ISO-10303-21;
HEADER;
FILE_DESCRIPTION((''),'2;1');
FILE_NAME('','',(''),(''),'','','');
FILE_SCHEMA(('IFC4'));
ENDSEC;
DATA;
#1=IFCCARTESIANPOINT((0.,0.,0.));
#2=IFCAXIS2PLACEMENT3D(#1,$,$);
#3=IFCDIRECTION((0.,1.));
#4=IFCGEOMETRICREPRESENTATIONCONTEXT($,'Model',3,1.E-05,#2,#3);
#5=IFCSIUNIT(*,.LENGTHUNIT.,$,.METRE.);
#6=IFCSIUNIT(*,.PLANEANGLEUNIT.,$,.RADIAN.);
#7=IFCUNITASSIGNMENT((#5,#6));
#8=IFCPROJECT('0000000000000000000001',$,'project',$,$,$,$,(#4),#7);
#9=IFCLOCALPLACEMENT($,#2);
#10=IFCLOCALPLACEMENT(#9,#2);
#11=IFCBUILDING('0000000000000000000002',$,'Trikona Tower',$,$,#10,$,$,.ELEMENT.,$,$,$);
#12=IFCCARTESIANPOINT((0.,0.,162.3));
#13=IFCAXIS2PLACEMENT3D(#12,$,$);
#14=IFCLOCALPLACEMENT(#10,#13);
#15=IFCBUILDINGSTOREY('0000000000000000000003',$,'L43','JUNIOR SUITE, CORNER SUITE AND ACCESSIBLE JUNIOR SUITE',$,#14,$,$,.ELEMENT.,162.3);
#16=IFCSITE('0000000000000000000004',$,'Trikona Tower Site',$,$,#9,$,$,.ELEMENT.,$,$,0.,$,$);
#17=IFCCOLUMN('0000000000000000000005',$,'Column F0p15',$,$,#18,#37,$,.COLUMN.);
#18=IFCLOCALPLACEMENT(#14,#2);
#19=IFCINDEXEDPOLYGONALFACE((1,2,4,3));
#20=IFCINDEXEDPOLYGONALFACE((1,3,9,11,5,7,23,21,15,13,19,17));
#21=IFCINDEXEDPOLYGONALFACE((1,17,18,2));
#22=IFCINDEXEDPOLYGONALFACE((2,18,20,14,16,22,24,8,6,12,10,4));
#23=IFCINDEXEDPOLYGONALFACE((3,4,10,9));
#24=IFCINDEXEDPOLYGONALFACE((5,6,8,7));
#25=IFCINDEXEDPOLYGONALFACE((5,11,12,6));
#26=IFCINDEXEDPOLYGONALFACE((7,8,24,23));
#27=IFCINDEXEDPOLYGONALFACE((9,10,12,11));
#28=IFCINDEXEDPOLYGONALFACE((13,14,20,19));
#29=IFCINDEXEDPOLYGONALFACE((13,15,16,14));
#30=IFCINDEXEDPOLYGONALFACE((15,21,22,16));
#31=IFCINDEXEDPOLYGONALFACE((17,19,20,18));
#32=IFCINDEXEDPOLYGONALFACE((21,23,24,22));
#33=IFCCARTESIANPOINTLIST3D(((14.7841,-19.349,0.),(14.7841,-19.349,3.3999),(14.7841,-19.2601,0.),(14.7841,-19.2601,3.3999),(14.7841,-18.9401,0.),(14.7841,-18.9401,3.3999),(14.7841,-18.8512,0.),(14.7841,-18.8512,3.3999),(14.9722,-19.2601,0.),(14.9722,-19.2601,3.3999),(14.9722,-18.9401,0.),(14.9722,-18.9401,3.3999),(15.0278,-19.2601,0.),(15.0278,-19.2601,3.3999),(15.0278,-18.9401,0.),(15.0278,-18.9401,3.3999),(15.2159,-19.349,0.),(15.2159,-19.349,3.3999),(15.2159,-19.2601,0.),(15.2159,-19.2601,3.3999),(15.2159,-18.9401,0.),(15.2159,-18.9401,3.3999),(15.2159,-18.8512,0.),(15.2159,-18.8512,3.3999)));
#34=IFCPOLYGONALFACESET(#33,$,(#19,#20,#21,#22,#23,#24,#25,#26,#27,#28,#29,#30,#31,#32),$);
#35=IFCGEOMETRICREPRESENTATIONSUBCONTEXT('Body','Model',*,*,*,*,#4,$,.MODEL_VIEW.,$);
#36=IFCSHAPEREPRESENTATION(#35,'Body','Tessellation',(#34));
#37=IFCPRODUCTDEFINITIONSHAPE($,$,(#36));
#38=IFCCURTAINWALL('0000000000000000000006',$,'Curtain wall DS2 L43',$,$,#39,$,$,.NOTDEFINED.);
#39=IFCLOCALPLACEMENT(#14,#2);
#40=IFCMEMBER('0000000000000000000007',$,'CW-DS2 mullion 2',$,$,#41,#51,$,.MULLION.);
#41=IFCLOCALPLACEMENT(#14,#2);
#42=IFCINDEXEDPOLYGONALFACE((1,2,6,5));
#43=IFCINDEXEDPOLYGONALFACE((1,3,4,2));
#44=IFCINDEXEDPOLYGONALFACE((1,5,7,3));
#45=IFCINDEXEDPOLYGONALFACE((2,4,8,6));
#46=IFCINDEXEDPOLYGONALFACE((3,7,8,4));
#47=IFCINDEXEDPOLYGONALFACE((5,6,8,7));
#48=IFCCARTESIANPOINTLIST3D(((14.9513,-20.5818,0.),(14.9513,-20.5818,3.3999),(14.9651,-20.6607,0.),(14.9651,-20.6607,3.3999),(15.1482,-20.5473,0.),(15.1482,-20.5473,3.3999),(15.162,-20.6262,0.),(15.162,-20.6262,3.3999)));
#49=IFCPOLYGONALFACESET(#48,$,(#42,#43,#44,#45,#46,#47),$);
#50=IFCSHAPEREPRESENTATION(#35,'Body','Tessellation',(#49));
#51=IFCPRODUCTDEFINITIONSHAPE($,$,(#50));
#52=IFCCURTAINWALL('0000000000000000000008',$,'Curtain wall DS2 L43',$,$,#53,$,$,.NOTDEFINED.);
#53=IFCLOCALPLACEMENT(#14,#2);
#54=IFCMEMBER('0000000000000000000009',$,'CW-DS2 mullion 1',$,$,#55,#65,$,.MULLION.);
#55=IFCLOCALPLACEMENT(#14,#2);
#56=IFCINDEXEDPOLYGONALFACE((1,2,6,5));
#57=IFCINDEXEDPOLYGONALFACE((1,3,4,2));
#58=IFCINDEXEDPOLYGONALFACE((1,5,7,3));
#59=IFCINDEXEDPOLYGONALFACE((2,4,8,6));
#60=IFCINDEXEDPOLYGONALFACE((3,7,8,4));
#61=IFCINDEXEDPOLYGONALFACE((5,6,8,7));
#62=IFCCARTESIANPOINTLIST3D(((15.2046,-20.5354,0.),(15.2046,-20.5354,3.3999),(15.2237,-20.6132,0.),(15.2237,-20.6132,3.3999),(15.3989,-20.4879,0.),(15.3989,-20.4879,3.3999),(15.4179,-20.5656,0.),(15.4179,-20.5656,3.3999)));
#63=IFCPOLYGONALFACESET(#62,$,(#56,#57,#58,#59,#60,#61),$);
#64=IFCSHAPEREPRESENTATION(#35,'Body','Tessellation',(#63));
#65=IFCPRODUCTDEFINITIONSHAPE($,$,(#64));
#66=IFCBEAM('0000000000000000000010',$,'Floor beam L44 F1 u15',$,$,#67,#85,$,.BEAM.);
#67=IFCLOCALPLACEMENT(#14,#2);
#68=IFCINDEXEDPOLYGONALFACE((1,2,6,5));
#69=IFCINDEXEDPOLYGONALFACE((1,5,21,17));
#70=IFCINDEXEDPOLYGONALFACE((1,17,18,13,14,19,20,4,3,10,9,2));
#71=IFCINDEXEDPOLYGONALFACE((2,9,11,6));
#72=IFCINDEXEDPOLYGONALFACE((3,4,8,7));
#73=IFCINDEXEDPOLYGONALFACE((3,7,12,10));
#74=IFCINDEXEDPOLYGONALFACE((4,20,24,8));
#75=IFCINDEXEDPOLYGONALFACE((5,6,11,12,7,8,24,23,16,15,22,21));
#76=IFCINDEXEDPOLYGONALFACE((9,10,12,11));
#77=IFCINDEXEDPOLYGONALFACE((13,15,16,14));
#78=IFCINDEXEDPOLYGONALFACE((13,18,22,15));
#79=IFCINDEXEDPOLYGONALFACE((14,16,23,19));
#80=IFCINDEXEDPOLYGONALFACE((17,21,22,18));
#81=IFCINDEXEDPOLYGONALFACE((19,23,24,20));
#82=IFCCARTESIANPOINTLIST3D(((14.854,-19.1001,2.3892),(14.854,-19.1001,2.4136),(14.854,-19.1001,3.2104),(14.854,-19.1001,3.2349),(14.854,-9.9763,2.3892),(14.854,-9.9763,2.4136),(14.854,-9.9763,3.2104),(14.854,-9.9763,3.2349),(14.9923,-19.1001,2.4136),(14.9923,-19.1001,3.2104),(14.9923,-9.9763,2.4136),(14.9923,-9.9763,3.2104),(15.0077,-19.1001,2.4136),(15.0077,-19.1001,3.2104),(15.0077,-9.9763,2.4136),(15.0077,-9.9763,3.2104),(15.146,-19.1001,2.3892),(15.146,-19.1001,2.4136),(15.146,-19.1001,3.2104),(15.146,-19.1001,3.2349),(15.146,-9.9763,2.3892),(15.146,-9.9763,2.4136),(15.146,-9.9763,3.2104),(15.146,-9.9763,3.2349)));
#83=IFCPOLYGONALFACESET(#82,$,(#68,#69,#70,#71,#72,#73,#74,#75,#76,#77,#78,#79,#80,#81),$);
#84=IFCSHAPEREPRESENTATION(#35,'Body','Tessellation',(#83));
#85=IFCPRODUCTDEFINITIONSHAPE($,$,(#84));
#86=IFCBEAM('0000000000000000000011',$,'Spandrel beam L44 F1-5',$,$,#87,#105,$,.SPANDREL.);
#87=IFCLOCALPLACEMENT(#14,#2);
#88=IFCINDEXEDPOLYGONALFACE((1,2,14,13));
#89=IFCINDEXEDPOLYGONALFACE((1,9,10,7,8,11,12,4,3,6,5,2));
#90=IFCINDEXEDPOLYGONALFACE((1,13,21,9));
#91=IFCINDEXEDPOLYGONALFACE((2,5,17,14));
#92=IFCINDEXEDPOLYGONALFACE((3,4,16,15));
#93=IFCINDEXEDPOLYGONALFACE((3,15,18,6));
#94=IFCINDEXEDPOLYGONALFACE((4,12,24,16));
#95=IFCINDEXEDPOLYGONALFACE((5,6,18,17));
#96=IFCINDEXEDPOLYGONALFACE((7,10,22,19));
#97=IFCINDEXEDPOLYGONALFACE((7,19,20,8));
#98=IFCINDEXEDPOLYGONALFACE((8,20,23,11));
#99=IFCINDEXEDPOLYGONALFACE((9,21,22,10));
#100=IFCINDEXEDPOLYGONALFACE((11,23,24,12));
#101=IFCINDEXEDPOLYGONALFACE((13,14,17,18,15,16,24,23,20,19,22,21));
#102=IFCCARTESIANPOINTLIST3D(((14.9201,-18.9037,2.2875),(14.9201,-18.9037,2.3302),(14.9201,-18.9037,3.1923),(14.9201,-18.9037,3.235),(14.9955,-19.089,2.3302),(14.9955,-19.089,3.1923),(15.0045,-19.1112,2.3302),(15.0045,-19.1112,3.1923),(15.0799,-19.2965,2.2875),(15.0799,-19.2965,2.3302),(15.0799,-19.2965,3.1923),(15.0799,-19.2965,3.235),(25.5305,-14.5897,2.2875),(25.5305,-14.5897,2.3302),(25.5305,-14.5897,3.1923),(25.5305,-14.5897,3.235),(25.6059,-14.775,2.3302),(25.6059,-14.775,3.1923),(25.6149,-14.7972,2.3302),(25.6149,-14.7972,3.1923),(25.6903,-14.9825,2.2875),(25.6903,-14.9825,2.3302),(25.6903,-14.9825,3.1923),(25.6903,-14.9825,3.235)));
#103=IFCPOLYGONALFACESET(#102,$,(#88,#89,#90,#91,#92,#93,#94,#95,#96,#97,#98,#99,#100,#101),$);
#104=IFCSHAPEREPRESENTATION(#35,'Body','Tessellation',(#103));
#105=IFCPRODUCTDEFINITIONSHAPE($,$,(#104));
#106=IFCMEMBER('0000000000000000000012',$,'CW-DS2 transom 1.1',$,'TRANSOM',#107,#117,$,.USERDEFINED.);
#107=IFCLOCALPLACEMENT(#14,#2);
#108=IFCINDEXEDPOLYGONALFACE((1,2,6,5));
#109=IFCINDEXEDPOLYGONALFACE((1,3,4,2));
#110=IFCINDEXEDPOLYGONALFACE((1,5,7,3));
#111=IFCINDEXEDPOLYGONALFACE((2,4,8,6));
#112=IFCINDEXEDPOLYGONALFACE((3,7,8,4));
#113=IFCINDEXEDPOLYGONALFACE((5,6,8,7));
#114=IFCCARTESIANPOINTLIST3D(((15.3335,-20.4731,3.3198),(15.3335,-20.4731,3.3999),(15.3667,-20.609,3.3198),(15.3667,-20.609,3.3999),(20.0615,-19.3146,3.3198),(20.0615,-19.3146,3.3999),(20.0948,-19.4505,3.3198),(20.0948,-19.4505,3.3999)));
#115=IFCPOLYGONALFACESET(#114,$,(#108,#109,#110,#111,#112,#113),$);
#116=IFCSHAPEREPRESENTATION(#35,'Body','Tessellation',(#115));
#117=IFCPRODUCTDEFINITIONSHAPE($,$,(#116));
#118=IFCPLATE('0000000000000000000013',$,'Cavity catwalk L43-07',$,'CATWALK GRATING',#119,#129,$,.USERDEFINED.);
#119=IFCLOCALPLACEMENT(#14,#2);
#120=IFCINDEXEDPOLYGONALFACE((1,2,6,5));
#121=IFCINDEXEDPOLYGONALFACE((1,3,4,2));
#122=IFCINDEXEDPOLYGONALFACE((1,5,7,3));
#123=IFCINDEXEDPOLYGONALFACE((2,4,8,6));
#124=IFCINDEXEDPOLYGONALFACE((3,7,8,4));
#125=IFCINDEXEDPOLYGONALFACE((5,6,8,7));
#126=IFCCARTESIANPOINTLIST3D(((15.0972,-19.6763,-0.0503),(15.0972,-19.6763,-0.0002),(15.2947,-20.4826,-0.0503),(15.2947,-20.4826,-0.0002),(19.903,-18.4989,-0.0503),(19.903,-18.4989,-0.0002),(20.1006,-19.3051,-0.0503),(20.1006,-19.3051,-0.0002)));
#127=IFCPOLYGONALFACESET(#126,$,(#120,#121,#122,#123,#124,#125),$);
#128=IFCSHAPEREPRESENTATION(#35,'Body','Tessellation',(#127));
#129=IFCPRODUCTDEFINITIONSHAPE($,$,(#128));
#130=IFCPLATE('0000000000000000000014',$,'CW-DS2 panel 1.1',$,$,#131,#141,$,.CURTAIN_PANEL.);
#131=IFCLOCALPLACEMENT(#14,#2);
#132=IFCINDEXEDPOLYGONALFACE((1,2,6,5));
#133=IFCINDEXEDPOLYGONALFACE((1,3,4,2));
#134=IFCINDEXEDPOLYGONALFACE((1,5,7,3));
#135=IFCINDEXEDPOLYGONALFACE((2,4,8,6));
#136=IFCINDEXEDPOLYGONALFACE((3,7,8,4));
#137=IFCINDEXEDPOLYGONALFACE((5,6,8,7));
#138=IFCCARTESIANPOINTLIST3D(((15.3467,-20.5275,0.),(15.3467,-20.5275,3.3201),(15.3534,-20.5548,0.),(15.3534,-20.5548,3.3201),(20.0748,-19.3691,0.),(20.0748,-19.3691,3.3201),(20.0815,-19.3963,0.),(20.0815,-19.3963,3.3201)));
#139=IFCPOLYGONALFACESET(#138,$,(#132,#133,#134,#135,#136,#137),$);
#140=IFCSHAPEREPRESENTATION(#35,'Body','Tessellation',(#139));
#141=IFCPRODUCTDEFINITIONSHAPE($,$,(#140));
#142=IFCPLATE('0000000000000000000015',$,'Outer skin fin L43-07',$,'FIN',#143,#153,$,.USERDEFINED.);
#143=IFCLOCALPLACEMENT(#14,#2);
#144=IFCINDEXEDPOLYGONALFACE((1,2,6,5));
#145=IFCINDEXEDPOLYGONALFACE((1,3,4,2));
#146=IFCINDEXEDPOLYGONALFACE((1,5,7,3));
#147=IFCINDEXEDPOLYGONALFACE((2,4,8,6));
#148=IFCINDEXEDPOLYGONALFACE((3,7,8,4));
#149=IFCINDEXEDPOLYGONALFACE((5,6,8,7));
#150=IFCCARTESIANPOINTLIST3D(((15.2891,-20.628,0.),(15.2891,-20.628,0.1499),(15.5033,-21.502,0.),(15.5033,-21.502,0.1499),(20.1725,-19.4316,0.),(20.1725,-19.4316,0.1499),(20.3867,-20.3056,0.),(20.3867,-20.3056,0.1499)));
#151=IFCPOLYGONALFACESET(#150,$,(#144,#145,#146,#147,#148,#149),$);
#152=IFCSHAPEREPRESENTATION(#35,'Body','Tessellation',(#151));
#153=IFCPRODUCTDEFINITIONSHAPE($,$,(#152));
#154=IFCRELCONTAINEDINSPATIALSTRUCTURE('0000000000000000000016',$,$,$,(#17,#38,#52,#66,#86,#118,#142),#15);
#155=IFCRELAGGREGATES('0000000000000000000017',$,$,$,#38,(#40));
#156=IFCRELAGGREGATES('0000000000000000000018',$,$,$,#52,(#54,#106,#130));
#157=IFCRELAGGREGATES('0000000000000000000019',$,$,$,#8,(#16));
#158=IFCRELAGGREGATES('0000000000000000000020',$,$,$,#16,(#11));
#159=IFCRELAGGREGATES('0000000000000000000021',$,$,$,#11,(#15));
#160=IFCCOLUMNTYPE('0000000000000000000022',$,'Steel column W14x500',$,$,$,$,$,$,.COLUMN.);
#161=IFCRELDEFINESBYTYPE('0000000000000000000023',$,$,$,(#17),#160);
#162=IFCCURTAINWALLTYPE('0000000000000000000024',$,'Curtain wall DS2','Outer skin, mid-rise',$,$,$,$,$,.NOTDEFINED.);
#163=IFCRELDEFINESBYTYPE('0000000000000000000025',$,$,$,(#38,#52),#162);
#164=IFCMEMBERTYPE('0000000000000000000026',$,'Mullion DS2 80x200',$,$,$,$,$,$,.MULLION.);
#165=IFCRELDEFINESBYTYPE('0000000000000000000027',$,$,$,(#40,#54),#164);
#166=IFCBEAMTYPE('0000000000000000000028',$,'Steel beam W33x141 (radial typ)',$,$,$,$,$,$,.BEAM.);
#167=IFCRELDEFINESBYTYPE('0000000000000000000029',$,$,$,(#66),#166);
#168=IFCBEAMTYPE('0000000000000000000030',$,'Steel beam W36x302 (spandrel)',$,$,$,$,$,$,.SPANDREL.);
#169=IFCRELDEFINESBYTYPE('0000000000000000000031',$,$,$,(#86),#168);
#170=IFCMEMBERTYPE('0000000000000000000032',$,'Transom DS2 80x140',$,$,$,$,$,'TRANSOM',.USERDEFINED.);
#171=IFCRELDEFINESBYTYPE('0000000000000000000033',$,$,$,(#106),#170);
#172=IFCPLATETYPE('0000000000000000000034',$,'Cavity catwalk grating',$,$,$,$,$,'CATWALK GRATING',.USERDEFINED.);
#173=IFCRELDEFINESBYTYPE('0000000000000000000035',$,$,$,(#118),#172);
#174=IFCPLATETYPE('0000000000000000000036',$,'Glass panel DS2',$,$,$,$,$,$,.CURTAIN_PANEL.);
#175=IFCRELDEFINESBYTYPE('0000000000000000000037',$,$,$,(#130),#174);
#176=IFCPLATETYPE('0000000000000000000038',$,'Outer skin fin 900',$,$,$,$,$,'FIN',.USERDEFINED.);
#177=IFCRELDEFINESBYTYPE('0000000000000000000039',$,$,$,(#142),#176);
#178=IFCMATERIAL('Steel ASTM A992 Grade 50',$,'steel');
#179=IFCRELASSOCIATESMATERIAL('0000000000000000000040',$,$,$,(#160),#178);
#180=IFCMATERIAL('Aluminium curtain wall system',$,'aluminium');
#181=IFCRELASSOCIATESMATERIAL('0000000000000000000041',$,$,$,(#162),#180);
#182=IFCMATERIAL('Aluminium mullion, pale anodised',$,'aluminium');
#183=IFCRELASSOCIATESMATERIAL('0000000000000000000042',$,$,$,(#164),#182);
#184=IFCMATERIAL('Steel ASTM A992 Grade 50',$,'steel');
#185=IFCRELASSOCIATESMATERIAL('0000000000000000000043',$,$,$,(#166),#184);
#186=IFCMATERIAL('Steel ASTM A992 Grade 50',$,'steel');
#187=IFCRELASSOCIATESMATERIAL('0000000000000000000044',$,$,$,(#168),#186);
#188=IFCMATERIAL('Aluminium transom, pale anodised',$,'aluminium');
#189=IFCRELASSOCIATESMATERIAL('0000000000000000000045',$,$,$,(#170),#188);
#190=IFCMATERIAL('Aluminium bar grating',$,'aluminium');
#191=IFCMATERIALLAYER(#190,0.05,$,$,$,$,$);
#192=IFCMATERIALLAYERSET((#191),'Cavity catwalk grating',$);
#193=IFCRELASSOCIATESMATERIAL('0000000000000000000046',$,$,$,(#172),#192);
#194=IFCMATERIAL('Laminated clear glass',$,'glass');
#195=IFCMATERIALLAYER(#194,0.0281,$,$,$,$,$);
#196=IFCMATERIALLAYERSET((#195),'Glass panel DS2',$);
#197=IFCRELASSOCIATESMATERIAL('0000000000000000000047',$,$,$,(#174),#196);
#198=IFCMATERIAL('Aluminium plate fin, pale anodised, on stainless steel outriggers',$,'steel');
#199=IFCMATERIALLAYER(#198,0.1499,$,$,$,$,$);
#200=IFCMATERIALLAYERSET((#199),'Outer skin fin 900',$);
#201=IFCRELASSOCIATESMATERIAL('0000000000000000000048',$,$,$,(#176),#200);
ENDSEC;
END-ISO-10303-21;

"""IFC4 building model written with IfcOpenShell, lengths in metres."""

from ifc_helpers import new_model, si_unit, direction, frame, origin, origin_2d, place, context, subcontext, project, spatial, rectangle, i_section, extrude, material, layer, layer_set, material_profile, profile_set, type_object, element, aggregate, save


model = new_model("IFC4")

# Units and contexts
model_context = context("Model", 3, precision=1e-05, world=origin(), true_north=direction((0.0, 1.0)))
body_context = subcontext(model_context, "Body", "Model", "MODEL_VIEW")
ifc_project = project(units=[si_unit("LENGTHUNIT", "METRE"), si_unit("PLANEANGLEUNIT", "RADIAN")], contexts=[model_context])

# Site, building, storey
site_placement = place(None, origin())
site = spatial("IfcSite", under=ifc_project, at=site_placement, Name="Trikona Tower Site", CompositionType="ELEMENT", RefElevation=0.0)
building_placement = place(site_placement, origin())
building = spatial("IfcBuilding", under=site, at=building_placement, Name="Trikona Tower", CompositionType="ELEMENT")
storey_placement = place(building_placement, frame((0.0, 0.0, 162.3)))
storey = spatial("IfcBuildingStorey", under=building, at=storey_placement, Name="L43", Description="JUNIOR SUITE, CORNER SUITE AND ACCESSIBLE JUNIOR SUITE", CompositionType="ELEMENT", Elevation=162.3)

# Column
ifc_material_1 = material(Name="Steel ASTM A992 Grade 50", Category="steel")
ifc_material_profile_1 = material_profile(ifc_material_1, i_section(OverallWidth=0.4319, OverallDepth=0.4978, WebThickness=0.0557, FlangeThickness=0.0889, at=origin_2d()), Name="W14X500")
ifc_profile_set_1 = profile_set([ifc_material_profile_1], Name="Steel ASTM A992 Grade 50")
column_type = type_object("IfcColumnType", Name="Steel column W14x500", PredefinedType="COLUMN", material=ifc_profile_set_1)
column_placement = place(storey_placement, frame((15.0, -19.1001, 0.0), z_axis=(0.0, 0.0, 1.0), x_axis=(1.0, 0.0, 0.0)))
element("IfcColumn", 1, at=column_placement, inside=storey, type_object=column_type, Name="Column F0p15", PredefinedType="COLUMN", context=body_context, shape_type="SweptSolid", body=[
    extrude(i_section(OverallWidth=0.4319, OverallDepth=0.4978, WebThickness=0.0557, FlangeThickness=0.0889, at=origin_2d()), origin(), (0.0, 0.0, 1.0), 3.3999),
])

# Curtain walls, members
ifc_material_2 = material(Name="Aluminium curtain wall system", Category="aluminium")
curtain_wall_type = type_object("IfcCurtainWallType", Name="Curtain wall DS2", Description="Outer skin, mid-rise", PredefinedType="NOTDEFINED", material=ifc_material_2)
curtain_wall_1_placement = place(storey_placement, origin())
curtain_wall_1 = element("IfcCurtainWall", 2, at=curtain_wall_1_placement, inside=storey, type_object=curtain_wall_type, Name="Curtain wall DS2 L43", PredefinedType="NOTDEFINED")
ifc_material_3 = material(Name="Aluminium mullion, pale anodised", Category="aluminium")
ifc_material_profile_2 = material_profile(ifc_material_3, rectangle(XDim=0.0801, YDim=0.2, at=origin_2d()), Name="MUL-DS2")
ifc_profile_set_2 = profile_set([ifc_material_profile_2], Name="Aluminium mullion, pale anodised")
member_type_1 = type_object("IfcMemberType", Name="Mullion DS2 80x200", PredefinedType="MULLION", material=ifc_profile_set_2)
member_1_placement = place(storey_placement, frame((15.0566, -20.604, 0.0), z_axis=(0.0, 0.0, 1.0), x_axis=(-0.172377, 0.985031, 0.0)))
member_1 = element("IfcMember", 3, at=member_1_placement, type_object=member_type_1, Name="CW-DS2 mullion 2", PredefinedType="MULLION", context=body_context, shape_type="SweptSolid", body=[
    extrude(rectangle(XDim=0.0801, YDim=0.2, at=origin_2d()), origin(), (0.0, 0.0, 1.0), 3.3999),
])
aggregate(curtain_wall_1, [member_1])
curtain_wall_2_placement = place(storey_placement, origin())
curtain_wall_2 = element("IfcCurtainWall", 4, at=curtain_wall_2_placement, inside=storey, type_object=curtain_wall_type, Name="Curtain wall DS2 L43", PredefinedType="NOTDEFINED")
member_2_placement = place(storey_placement, frame((15.3113, -20.5505, 0.0), z_axis=(0.0, 0.0, 1.0), x_axis=(-0.23797, 0.971272, 0.0)))
member_2 = element("IfcMember", 5, at=member_2_placement, type_object=member_type_1, Name="CW-DS2 mullion 1", PredefinedType="MULLION", context=body_context, shape_type="SweptSolid", body=[
    extrude(rectangle(XDim=0.0801, YDim=0.2, at=origin_2d()), origin(), (0.0, 0.0, 1.0), 3.3999),
])

# Beams
ifc_material_4 = material(Name="Steel ASTM A992 Grade 50", Category="steel")
ifc_material_profile_3 = material_profile(ifc_material_4, i_section(OverallWidth=0.292, OverallDepth=0.8457, WebThickness=0.0154, FlangeThickness=0.0244, at=origin_2d()), Name="W33X141")
ifc_profile_set_3 = profile_set([ifc_material_profile_3], Name="Steel ASTM A992 Grade 50")
beam_type_1 = type_object("IfcBeamType", Name="Steel beam W33x141 (radial typ)", PredefinedType="BEAM", material=ifc_profile_set_3)
beam_1_placement = place(storey_placement, frame((15.0, -9.9763, 2.812), z_axis=(0.0, -1.0, 0.0), x_axis=(1.0, 0.0, 0.0)))
element("IfcBeam", 6, at=beam_1_placement, inside=storey, type_object=beam_type_1, Name="Floor beam L44 F1 u15", PredefinedType="BEAM", context=body_context, shape_type="SweptSolid", body=[
    extrude(i_section(OverallWidth=0.292, OverallDepth=0.8457, WebThickness=0.0154, FlangeThickness=0.0244, at=origin_2d()), origin(), (0.0, 0.0, 1.0), 9.1238),
])
ifc_material_5 = material(Name="Steel ASTM A992 Grade 50", Category="steel")
ifc_material_profile_4 = material_profile(ifc_material_5, i_section(OverallWidth=0.4241, OverallDepth=0.9475, WebThickness=0.0239, FlangeThickness=0.0427, at=origin_2d()), Name="W36X302")
ifc_profile_set_4 = profile_set([ifc_material_profile_4], Name="Steel ASTM A992 Grade 50")
beam_type_2 = type_object("IfcBeamType", Name="Steel beam W36x302 (spandrel)", PredefinedType="SPANDREL", material=ifc_profile_set_4)
beam_2_placement = place(storey_placement, frame((15.0, -19.1001, 2.7612), z_axis=(0.92636, 0.37664, 0.0), x_axis=(-0.37664, 0.92636, 0.0)))
element("IfcBeam", 7, at=beam_2_placement, inside=storey, type_object=beam_type_2, Name="Spandrel beam L44 F1-5", PredefinedType="SPANDREL", context=body_context, shape_type="SweptSolid", body=[
    extrude(i_section(OverallWidth=0.4241, OverallDepth=0.9475, WebThickness=0.0239, FlangeThickness=0.0427, at=origin_2d()), origin(), (0.0, 0.0, 1.0), 11.4539),
])

# Member
ifc_material_6 = material(Name="Aluminium transom, pale anodised", Category="aluminium")
ifc_material_profile_5 = material_profile(ifc_material_6, rectangle(XDim=0.1399, YDim=0.0801, at=origin_2d()), Name="TRN-DS2")
ifc_profile_set_5 = profile_set([ifc_material_profile_5], Name="Aluminium transom, pale anodised")
member_type_2 = type_object("IfcMemberType", Name="Transom DS2 80x140", ElementType="TRANSOM", PredefinedType="USERDEFINED", material=ifc_profile_set_5)
member_3_placement = place(storey_placement, frame((15.3501, -20.541, 3.3599), z_axis=(0.971271, 0.237978, 0.0), x_axis=(-0.237978, 0.971271, 0.0)))
member_3 = element("IfcMember", 8, at=member_3_placement, type_object=member_type_2, Name="CW-DS2 transom 1.1", ObjectType="TRANSOM", PredefinedType="USERDEFINED", context=body_context, shape_type="SweptSolid", body=[
    extrude(rectangle(XDim=0.1399, YDim=0.0801, at=origin_2d()), origin(), (0.0, 0.0, 1.0), 4.8679),
])

# Plates
ifc_material_7 = material(Name="Aluminium bar grating", Category="aluminium")
ifc_layer_1 = layer(ifc_material_7, 0.05)
ifc_layer_set_1 = layer_set([ifc_layer_1], Name="Cavity catwalk grating")
plate_type_1 = type_object("IfcPlateType", Name="Cavity catwalk grating", ElementType="CATWALK GRATING", PredefinedType="USERDEFINED", material=ifc_layer_set_1)
plate_1_placement = place(storey_placement, frame((17.5989, -19.4907, -0.0503), z_axis=(0.0, 0.0, 1.0), x_axis=(0.971274, 0.237962, 0.0)))
element("IfcPlate", 9, at=plate_1_placement, inside=storey, type_object=plate_type_1, Name="Cavity catwalk L43-07", ObjectType="CATWALK GRATING", PredefinedType="USERDEFINED", context=body_context, shape_type="SweptSolid", body=[
    extrude(rectangle(XDim=4.948, YDim=0.8301, at=origin_2d()), origin(), (0.0, 0.0, 1.0), 0.05),
])
ifc_material_8 = material(Name="Laminated clear glass", Category="glass")
ifc_layer_2 = layer(ifc_material_8, 0.0281)
ifc_layer_set_2 = layer_set([ifc_layer_2], Name="Glass panel DS2")
plate_type_2 = type_object("IfcPlateType", Name="Glass panel DS2", PredefinedType="CURTAIN_PANEL", material=ifc_layer_set_2)
plate_2_placement = place(storey_placement, frame((17.7141, -19.9619, 0.0), z_axis=(0.0, 0.0, 1.0), x_axis=(0.971272, 0.23797, 0.0)))
plate_2 = element("IfcPlate", 10, at=plate_2_placement, type_object=plate_type_2, Name="CW-DS2 panel 1.1", PredefinedType="CURTAIN_PANEL", context=body_context, shape_type="SweptSolid", body=[
    extrude(rectangle(XDim=4.8679, YDim=0.0281, at=origin_2d()), origin(), (0.0, 0.0, 1.0), 3.3201),
])
aggregate(curtain_wall_2, [member_2, member_3, plate_2])
ifc_material_9 = material(Name="Aluminium plate fin, pale anodised, on stainless steel outriggers", Category="steel")
ifc_layer_3 = layer(ifc_material_9, 0.1499)
ifc_layer_set_3 = layer_set([ifc_layer_3], Name="Outer skin fin 900")
plate_type_3 = type_object("IfcPlateType", Name="Outer skin fin 900", ElementType="FIN", PredefinedType="USERDEFINED", material=ifc_layer_set_3)
plate_3_placement = place(storey_placement, frame((17.8379, -20.4668, 0.0), z_axis=(0.0, 0.0, 1.0), x_axis=(0.971274, 0.237962, 0.0)))
element("IfcPlate", 11, at=plate_3_placement, inside=storey, type_object=plate_type_3, Name="Outer skin fin L43-07", ObjectType="FIN", PredefinedType="USERDEFINED", context=body_context, shape_type="SweptSolid", body=[
    extrude(rectangle(XDim=5.0278, YDim=0.8999, at=origin_2d()), origin(), (0.0, 0.0, 1.0), 0.1499),
])

save(model, "model.ifc")
